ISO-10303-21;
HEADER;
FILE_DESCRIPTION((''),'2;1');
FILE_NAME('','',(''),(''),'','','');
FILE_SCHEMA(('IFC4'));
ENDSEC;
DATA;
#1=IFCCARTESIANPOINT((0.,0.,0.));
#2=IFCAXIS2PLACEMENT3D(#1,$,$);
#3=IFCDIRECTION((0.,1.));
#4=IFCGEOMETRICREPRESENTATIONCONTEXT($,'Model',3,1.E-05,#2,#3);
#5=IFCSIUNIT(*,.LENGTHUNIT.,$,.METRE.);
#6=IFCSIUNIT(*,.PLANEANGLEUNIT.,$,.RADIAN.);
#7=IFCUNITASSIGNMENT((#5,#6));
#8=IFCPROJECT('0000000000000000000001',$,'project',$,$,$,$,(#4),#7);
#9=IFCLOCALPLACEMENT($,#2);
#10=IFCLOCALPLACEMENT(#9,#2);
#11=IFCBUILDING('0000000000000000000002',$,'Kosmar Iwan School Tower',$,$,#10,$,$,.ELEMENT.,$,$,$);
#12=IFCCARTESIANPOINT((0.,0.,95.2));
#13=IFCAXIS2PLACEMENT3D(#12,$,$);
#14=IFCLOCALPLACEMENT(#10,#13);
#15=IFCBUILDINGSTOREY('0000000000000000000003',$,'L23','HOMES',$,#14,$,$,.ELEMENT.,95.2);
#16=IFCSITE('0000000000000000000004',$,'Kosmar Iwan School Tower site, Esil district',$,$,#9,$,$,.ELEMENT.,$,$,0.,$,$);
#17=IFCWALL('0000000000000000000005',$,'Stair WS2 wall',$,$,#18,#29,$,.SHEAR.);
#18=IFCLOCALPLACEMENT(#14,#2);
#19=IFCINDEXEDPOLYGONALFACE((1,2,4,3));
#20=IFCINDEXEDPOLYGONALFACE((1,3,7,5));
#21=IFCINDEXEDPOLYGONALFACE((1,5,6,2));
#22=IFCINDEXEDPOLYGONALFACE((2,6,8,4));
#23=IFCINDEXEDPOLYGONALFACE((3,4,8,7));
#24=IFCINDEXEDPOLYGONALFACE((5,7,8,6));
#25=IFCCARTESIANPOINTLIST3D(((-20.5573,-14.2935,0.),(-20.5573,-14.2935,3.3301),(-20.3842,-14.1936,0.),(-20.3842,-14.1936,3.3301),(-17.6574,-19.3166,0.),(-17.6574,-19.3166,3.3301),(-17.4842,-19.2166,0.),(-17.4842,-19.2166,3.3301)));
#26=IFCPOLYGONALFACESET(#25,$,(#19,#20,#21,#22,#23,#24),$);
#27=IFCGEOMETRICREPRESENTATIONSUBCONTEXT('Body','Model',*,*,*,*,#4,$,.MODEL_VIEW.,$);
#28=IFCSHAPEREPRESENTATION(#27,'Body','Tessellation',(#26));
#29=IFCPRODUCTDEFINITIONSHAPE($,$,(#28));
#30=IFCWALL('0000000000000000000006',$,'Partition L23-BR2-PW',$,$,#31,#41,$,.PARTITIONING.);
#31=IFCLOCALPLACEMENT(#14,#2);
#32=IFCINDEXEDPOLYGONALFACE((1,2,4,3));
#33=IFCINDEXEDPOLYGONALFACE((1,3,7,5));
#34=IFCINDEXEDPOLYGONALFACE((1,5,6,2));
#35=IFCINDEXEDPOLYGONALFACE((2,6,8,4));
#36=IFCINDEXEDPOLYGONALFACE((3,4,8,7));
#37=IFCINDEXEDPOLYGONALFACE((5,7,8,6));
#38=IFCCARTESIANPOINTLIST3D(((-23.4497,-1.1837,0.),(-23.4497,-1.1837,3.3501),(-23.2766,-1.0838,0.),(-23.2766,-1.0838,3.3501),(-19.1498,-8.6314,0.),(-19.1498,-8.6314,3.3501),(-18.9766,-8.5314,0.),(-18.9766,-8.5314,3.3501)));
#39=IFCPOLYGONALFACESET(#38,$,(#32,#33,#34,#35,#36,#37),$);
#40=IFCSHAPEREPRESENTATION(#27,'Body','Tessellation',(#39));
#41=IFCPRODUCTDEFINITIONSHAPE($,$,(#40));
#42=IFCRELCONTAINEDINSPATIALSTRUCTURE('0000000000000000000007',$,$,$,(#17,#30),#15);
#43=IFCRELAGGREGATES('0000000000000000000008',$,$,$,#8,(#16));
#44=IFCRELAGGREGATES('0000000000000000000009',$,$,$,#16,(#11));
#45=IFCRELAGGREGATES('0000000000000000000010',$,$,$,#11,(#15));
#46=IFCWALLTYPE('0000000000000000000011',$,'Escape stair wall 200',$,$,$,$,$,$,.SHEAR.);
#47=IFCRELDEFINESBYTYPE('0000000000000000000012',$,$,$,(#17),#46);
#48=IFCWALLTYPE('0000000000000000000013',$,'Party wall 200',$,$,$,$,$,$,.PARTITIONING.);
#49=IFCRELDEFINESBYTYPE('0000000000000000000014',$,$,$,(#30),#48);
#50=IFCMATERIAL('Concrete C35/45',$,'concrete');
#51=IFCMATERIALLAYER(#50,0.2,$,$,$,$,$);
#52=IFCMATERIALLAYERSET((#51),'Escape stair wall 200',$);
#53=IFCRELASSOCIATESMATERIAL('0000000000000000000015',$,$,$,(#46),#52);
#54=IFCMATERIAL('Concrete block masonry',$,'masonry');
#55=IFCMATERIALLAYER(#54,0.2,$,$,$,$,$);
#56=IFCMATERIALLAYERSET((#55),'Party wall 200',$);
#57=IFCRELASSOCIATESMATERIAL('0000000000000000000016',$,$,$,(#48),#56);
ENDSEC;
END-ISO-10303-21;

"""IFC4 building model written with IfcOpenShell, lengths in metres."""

from ifc_helpers import new_model, si_unit, direction, frame, frame_2d, origin, place, context, subcontext, project, spatial, rectangle, extrude, material, layer, layer_set, type_object, element, save


model = new_model("IFC4")

# Units and contexts
model_context = context("Model", 3, precision=1e-05, world=origin(), true_north=direction((0.0, 1.0)))
body_context = subcontext(model_context, "Body", "Model", "MODEL_VIEW")
ifc_project = project(units=[si_unit("LENGTHUNIT", "METRE"), si_unit("PLANEANGLEUNIT", "RADIAN")], contexts=[model_context])

# Site, building, storey
site_placement = place(None, origin())
site = spatial("IfcSite", under=ifc_project, at=site_placement, Name="Kosmar Iwan School Tower site, Esil district", CompositionType="ELEMENT", RefElevation=0.0)
building_placement = place(site_placement, origin())
building = spatial("IfcBuilding", under=site, at=building_placement, Name="Kosmar Iwan School Tower", CompositionType="ELEMENT")
storey_placement = place(building_placement, frame((0.0, 0.0, 95.2)))
storey = spatial("IfcBuildingStorey", under=building, at=storey_placement, Name="L23", Description="HOMES", CompositionType="ELEMENT", Elevation=95.2)

# Walls
ifc_material_1 = material(Name="Concrete C35/45", Category="concrete")
ifc_layer_1 = layer(ifc_material_1, 0.2)
ifc_layer_set_1 = layer_set([ifc_layer_1], Name="Escape stair wall 200")
wall_type_1 = type_object("IfcWallType", Name="Escape stair wall 200", PredefinedType="SHEAR", material=ifc_layer_set_1)
wall_1_placement = place(storey_placement, frame((-20.4707, -14.2437, 0.0), z_axis=(0.0, 0.0, 1.0), x_axis=(0.499987, -0.866033, 0.0)))
element("IfcWall", 1, at=wall_1_placement, inside=storey, type_object=wall_type_1, Name="Stair WS2 wall", PredefinedType="SHEAR", context=body_context, shape_type="SweptSolid", body=[
    extrude(rectangle(XDim=5.8, YDim=0.2, at=frame_2d((2.8999, 0.0))), origin(), (0.0, 0.0, 1.0), 3.3301),
])
ifc_material_2 = material(Name="Concrete block masonry", Category="masonry")
ifc_layer_2 = layer(ifc_material_2, 0.2)
ifc_layer_set_2 = layer_set([ifc_layer_2], Name="Party wall 200")
wall_type_2 = type_object("IfcWallType", Name="Party wall 200", PredefinedType="PARTITIONING", material=ifc_layer_set_2)
wall_2_placement = place(storey_placement, frame((-19.0632, -8.5813, 0.0), z_axis=(0.0, 0.0, 1.0), x_axis=(-0.500008, 0.866021, 0.0)))
element("IfcWall", 2, at=wall_2_placement, inside=storey, type_object=wall_type_2, Name="Partition L23-BR2-PW", PredefinedType="PARTITIONING", context=body_context, shape_type="SweptSolid", body=[
    extrude(rectangle(XDim=8.5999, YDim=0.2, at=frame_2d((4.2998, 0.0))), origin(), (0.0, 0.0, 1.0), 3.3501),
])

save(model, "model.ifc")
